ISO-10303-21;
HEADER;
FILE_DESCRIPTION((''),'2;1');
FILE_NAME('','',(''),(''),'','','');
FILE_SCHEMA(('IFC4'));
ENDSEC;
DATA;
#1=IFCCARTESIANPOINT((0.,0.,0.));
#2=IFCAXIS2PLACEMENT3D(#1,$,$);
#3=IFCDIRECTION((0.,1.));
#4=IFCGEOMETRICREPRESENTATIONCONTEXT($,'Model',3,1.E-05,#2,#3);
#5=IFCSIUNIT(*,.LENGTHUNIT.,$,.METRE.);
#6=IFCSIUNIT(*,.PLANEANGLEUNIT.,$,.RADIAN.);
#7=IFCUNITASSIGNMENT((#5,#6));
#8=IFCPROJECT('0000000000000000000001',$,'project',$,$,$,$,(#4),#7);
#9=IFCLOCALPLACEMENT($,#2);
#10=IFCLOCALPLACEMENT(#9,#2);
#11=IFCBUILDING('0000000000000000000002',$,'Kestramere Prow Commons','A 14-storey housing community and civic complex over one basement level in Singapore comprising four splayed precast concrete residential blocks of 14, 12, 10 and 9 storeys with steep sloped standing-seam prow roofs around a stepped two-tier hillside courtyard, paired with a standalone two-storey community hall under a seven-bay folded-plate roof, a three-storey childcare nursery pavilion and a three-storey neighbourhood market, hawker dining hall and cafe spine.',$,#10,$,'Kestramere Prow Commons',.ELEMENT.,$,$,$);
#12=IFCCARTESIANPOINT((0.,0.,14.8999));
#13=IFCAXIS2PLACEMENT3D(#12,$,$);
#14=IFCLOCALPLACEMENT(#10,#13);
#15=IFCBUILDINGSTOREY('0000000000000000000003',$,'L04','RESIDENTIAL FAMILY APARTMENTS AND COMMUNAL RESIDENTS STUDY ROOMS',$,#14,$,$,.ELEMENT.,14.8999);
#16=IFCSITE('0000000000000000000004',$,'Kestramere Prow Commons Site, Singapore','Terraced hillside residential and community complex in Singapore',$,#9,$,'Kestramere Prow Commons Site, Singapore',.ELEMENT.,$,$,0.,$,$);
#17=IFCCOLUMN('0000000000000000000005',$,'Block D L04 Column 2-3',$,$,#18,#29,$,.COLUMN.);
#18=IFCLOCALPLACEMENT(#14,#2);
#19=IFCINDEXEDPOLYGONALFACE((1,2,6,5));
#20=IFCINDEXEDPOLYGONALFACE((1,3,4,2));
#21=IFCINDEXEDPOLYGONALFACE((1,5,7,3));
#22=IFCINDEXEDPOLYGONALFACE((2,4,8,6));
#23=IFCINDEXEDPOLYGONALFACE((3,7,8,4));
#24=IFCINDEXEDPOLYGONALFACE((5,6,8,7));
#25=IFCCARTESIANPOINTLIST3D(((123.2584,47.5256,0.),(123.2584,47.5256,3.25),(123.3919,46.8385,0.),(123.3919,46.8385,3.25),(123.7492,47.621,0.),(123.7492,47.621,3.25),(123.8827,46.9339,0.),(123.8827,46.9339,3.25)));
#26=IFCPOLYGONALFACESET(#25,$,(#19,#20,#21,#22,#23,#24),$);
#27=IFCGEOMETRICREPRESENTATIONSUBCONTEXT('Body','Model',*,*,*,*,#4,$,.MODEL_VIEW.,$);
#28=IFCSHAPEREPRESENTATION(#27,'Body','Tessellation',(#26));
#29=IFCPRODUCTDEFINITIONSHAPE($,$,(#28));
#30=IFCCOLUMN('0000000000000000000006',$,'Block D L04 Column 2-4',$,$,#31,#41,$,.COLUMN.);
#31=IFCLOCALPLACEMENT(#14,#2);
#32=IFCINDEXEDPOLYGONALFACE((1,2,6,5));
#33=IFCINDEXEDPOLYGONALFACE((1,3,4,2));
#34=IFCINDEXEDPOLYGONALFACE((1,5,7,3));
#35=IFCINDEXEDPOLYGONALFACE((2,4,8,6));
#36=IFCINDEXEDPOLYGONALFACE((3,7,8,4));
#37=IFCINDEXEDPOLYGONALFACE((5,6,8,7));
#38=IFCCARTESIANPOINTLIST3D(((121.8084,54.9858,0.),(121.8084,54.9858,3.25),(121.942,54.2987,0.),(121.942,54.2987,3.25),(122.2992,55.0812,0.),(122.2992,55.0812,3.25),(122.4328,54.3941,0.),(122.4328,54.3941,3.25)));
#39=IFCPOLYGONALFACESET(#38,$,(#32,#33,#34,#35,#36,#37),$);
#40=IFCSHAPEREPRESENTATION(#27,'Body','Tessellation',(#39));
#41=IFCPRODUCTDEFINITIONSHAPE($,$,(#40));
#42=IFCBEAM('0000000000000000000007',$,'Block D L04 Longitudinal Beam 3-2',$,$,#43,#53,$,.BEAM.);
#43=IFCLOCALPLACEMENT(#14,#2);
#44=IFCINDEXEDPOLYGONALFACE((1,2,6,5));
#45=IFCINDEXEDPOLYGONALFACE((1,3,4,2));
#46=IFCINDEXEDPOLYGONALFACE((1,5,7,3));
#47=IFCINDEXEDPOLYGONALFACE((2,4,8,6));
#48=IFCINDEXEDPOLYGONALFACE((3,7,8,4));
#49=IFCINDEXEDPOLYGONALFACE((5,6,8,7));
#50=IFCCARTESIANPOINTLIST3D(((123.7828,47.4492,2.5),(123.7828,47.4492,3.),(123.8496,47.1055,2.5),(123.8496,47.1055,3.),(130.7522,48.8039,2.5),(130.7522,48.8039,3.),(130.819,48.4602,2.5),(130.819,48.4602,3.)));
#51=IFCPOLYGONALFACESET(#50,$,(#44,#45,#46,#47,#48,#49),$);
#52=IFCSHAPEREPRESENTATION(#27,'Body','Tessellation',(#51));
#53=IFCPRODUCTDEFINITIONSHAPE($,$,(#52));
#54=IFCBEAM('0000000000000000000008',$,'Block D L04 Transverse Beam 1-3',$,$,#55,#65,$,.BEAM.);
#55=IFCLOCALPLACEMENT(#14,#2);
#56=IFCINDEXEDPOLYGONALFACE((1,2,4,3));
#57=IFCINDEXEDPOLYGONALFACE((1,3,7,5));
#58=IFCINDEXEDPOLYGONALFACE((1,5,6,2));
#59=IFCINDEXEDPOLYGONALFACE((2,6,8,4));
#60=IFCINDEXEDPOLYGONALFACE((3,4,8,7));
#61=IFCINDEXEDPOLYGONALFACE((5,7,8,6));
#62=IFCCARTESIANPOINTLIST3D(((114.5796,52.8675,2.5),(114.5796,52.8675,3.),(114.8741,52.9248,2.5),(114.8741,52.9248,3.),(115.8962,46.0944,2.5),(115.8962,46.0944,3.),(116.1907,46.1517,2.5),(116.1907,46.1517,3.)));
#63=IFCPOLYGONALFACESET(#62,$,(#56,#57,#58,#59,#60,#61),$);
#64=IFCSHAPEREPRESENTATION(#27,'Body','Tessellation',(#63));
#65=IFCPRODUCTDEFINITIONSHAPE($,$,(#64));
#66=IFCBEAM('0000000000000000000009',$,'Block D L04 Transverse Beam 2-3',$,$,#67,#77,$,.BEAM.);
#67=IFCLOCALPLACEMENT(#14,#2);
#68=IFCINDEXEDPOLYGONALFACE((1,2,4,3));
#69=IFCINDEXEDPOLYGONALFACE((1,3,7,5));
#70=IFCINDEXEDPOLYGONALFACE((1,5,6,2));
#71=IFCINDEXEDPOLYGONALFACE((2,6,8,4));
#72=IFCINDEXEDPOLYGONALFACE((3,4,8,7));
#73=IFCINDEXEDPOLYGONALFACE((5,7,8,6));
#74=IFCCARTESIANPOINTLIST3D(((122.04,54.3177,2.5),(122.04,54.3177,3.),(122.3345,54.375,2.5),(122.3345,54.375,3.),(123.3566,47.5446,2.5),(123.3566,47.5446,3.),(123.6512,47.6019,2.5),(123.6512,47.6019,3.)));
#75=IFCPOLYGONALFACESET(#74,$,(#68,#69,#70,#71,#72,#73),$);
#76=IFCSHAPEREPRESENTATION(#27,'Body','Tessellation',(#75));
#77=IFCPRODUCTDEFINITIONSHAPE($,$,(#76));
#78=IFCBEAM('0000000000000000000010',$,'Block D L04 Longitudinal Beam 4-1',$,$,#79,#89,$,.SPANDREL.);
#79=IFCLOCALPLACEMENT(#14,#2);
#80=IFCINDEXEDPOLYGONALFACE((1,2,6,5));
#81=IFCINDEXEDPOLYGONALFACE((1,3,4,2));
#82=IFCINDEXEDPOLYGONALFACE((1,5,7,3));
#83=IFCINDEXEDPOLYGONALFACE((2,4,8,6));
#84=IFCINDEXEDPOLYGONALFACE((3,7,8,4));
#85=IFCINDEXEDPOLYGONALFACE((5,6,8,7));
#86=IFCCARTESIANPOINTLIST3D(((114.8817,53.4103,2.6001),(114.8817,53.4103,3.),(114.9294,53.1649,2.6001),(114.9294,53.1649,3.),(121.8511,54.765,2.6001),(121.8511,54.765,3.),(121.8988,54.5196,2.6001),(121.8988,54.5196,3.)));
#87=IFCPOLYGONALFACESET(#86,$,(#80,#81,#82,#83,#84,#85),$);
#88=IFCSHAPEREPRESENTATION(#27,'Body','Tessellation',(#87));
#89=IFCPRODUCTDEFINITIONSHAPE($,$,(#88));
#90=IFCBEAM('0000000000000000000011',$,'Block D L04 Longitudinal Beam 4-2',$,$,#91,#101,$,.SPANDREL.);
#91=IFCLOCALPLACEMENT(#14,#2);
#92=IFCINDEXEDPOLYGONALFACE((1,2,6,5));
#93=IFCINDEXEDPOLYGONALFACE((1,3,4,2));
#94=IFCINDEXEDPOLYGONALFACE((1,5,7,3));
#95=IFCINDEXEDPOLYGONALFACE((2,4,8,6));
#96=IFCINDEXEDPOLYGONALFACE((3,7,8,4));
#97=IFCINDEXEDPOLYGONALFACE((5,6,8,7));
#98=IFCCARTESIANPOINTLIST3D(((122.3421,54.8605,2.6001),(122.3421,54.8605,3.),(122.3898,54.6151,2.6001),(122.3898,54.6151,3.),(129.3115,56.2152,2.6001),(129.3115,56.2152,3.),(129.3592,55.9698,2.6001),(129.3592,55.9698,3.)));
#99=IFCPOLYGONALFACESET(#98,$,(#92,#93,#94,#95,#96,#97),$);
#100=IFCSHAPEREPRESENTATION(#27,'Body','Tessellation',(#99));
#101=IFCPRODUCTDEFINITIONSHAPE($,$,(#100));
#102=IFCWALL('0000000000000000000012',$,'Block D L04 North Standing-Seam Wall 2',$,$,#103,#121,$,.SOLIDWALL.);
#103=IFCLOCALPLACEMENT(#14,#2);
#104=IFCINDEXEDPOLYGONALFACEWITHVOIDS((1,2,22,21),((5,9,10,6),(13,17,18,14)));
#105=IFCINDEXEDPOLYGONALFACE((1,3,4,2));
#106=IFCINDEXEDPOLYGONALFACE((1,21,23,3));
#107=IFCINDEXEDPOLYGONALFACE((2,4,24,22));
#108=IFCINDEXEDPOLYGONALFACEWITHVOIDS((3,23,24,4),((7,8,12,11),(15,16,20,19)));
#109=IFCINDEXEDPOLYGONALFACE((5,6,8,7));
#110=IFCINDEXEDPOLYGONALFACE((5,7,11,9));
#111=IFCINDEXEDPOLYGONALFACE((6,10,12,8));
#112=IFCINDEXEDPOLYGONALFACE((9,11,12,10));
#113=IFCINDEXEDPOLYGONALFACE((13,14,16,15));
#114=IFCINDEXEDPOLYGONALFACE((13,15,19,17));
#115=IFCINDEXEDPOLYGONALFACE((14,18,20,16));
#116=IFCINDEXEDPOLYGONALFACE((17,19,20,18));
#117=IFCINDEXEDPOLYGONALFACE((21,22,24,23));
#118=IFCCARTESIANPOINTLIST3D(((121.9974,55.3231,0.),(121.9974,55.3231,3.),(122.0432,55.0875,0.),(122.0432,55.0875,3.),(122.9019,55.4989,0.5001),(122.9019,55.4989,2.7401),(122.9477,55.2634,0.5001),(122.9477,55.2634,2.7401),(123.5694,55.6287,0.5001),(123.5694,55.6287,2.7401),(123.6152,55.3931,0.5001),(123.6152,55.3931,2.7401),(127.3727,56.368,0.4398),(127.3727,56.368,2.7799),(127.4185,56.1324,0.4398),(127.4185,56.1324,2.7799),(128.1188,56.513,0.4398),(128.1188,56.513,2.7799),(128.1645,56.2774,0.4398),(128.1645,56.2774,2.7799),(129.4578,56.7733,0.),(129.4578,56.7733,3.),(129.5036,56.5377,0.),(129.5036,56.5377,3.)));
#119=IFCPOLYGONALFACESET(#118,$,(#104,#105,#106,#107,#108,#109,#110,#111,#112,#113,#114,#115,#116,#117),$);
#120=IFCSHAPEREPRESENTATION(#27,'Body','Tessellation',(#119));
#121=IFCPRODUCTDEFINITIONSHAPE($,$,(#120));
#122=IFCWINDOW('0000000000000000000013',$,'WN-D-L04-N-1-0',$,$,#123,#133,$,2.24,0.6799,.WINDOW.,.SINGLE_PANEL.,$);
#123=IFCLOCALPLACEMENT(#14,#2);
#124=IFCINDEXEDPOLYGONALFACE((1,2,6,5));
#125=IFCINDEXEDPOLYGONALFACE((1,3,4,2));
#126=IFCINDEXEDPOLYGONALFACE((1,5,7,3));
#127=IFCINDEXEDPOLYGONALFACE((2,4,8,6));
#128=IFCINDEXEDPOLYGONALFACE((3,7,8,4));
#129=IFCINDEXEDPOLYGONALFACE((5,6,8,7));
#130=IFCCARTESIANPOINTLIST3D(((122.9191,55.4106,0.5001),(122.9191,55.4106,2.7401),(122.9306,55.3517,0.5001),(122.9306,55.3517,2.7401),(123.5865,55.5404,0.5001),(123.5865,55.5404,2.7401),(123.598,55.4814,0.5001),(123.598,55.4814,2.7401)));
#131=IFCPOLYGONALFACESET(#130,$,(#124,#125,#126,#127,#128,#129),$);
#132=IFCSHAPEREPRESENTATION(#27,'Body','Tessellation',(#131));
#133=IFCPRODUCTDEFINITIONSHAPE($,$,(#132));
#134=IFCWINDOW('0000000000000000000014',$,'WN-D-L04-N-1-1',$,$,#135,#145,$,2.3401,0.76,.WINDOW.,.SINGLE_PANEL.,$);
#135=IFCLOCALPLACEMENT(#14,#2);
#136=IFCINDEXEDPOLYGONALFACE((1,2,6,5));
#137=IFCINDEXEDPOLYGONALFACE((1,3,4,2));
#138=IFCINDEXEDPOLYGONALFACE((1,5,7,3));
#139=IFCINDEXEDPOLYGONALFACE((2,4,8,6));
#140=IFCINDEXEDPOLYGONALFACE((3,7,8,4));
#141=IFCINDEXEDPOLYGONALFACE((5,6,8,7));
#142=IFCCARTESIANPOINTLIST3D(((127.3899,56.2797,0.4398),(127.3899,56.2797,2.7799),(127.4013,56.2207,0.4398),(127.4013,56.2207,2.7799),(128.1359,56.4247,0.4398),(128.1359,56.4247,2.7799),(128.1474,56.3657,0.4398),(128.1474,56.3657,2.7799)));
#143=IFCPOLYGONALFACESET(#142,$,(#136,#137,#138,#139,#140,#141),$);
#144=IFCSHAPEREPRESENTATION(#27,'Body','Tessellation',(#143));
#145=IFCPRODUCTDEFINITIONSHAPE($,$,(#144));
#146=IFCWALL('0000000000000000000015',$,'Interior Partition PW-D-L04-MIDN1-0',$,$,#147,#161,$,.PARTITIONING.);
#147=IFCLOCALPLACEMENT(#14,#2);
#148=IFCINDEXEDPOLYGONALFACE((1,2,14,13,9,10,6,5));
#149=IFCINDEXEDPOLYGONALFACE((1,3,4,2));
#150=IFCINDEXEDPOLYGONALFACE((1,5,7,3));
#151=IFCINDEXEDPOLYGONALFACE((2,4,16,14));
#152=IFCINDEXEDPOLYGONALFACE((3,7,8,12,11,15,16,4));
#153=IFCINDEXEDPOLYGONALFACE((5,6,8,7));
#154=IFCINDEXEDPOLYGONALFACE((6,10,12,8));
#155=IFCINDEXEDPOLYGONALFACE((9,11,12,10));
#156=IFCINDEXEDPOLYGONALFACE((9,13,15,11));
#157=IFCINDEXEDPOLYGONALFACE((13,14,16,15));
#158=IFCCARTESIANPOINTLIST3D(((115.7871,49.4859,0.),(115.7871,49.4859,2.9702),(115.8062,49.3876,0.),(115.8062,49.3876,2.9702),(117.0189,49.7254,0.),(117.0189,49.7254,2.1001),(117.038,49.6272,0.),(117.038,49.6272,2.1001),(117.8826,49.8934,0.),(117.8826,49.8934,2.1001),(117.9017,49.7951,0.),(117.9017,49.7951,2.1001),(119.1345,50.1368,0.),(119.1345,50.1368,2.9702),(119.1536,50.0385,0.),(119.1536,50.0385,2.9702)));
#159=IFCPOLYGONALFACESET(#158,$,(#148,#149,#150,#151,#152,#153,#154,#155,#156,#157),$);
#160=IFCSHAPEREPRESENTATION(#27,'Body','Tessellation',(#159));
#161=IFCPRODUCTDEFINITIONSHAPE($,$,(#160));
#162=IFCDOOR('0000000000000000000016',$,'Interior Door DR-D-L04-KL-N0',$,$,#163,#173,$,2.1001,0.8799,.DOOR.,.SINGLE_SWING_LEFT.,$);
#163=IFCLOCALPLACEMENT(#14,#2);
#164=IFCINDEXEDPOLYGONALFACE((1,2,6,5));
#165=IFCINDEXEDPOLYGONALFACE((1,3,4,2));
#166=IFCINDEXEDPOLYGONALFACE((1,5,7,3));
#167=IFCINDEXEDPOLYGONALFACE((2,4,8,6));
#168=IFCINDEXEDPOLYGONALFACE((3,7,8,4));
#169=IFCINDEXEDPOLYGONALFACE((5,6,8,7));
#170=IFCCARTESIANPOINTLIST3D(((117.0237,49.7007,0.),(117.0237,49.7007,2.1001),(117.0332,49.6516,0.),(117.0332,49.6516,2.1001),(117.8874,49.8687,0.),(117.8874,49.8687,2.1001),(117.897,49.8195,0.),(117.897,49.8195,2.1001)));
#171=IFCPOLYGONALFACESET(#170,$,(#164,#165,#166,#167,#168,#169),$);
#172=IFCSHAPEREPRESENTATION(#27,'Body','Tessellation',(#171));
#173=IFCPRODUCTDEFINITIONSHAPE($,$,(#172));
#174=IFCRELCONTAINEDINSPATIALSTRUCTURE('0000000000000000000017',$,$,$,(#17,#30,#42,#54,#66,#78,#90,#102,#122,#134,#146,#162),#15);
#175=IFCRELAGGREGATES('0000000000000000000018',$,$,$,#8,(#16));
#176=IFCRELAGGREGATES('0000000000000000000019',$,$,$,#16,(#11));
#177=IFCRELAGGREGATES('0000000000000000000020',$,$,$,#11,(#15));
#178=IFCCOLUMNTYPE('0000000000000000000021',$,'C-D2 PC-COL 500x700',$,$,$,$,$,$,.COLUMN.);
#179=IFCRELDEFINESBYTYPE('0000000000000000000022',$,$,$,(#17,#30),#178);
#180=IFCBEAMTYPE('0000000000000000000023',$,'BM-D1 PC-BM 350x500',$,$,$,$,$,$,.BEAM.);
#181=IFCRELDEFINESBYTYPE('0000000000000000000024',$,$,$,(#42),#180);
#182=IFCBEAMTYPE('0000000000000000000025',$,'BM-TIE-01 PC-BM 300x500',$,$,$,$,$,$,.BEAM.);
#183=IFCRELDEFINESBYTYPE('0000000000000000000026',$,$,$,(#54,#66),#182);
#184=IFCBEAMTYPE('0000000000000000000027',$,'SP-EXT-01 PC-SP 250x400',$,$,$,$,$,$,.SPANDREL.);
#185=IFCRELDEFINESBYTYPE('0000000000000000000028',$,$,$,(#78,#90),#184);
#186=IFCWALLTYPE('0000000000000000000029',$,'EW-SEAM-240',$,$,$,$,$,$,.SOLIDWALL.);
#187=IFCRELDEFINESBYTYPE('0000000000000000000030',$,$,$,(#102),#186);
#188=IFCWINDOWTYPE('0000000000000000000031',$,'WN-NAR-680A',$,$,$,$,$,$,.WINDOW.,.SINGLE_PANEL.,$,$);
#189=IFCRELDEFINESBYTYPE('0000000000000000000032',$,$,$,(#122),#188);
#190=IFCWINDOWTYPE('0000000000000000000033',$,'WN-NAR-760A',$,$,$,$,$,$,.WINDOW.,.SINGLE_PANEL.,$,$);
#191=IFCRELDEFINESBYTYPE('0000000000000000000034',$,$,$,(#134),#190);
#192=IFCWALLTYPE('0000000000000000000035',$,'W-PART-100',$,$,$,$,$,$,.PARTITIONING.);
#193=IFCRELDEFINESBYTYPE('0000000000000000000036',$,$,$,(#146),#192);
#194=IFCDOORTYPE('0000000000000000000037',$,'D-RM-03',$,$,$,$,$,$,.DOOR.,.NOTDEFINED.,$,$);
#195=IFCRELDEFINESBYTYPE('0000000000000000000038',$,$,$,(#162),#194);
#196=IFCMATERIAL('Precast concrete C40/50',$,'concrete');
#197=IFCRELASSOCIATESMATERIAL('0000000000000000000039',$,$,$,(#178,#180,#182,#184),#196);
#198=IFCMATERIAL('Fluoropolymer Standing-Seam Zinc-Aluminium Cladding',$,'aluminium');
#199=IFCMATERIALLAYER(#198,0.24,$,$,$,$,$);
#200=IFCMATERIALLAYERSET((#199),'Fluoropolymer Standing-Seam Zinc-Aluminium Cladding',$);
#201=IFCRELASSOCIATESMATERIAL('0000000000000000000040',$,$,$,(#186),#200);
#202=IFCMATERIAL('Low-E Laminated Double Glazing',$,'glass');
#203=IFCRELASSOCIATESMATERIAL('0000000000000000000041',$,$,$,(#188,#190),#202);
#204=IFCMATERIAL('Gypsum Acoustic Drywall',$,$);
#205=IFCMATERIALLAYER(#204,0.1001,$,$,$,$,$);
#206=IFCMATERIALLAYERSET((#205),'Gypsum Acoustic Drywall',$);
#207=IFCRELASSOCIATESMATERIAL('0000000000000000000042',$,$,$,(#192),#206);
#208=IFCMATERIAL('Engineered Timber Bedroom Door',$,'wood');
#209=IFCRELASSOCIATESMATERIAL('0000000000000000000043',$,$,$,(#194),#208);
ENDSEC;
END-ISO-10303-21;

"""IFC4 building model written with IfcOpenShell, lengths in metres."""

from ifc_helpers import new_model, si_unit, direction, frame, frame_2d, origin, origin_2d, place, context, subcontext, project, spatial, rectangle, extrude, material, layer, layer_set, material_profile, profile_set, type_object, element, fill, save


model = new_model("IFC4")

# Units and contexts
model_context = context("Model", 3, precision=1e-05, world=origin(), true_north=direction((0.0, 1.0)))
body_context = subcontext(model_context, "Body", "Model", "MODEL_VIEW")
ifc_project = project(units=[si_unit("LENGTHUNIT", "METRE"), si_unit("PLANEANGLEUNIT", "RADIAN")], contexts=[model_context])

# Site, building, storey
site_placement = place(None, origin())
site = spatial("IfcSite", under=ifc_project, at=site_placement, Name="Kestramere Prow Commons Site, Singapore", Description="Terraced hillside residential and community complex in Singapore", LongName="Kestramere Prow Commons Site, Singapore", CompositionType="ELEMENT", RefElevation=0.0)
building_placement = place(site_placement, origin())
building = spatial("IfcBuilding", under=site, at=building_placement, Name="Kestramere Prow Commons", Description="A 14-storey housing community and civic complex over one basement level in Singapore comprising four splayed precast concrete residential blocks of 14, 12, 10 and 9 storeys with steep sloped standing-seam prow roofs around a stepped two-tier hillside courtyard, paired with a standalone two-storey community hall under a seven-bay folded-plate roof, a three-storey childcare nursery pavilion and a three-storey neighbourhood market, hawker dining hall and cafe spine.", LongName="Kestramere Prow Commons", CompositionType="ELEMENT")
storey_placement = place(building_placement, frame((0.0, 0.0, 14.8999)))
storey = spatial("IfcBuildingStorey", under=building, at=storey_placement, Name="L04", Description="RESIDENTIAL FAMILY APARTMENTS AND COMMUNAL RESIDENTS STUDY ROOMS", CompositionType="ELEMENT", Elevation=14.8999)

# Columns
ifc_material_1 = material(Name="Precast concrete C40/50", Category="concrete")
ifc_material_profile_1 = material_profile(ifc_material_1, rectangle(XDim=0.5, YDim=0.7, at=origin_2d()), Name="PC-COL 500x700")
ifc_profile_set_1 = profile_set([ifc_material_profile_1], Name="Precast concrete C40/50")
column_type = type_object("IfcColumnType", Name="C-D2 PC-COL 500x700", PredefinedType="COLUMN", material=ifc_profile_set_1)
for number, where, z_axis, x_axis, name in (
    (1, (123.5706, 47.2297, 0.0), (0.0, 0.0, 1.0), (0.981627, 0.190809, 0.0), "Block D L04 Column 2-3"),
    (2, (122.1206, 54.6899, 0.0), (0.0, 0.0, 1.0), (0.981627, 0.190809, 0.0), "Block D L04 Column 2-4"),
):
    element("IfcColumn", number, at=place(storey_placement, frame(where, z_axis=z_axis, x_axis=x_axis)), inside=storey, type_object=column_type, Name=name, PredefinedType="COLUMN", context=body_context, shape_type="SweptSolid", body=[
        extrude(rectangle(XDim=0.5, YDim=0.7, at=origin_2d()), origin(), (0.0, 0.0, 1.0), 3.25),
    ])

# Beams
ifc_material_profile_2 = material_profile(ifc_material_1, rectangle(XDim=0.3501, YDim=0.5, at=origin_2d()), Name="PC-BM 350x500")
ifc_profile_set_2 = profile_set([ifc_material_profile_2], Name="Precast concrete C40/50")
beam_type_1 = type_object("IfcBeamType", Name="BM-D1 PC-BM 350x500", PredefinedType="BEAM", material=ifc_profile_set_2)
beam_placement = place(storey_placement, frame((123.8162, 47.2773, 2.75), z_axis=(0.981627, 0.19081, 0.0), x_axis=(-0.19081, 0.981627, 0.0)))
element("IfcBeam", 3, at=beam_placement, inside=storey, type_object=beam_type_1, Name="Block D L04 Longitudinal Beam 3-2", PredefinedType="BEAM", context=body_context, shape_type="SweptSolid", body=[
    extrude(rectangle(XDim=0.3501, YDim=0.5, at=origin_2d()), origin(), (0.0, 0.0, 1.0), 7.0999),
])
ifc_material_profile_3 = material_profile(ifc_material_1, rectangle(XDim=0.3, YDim=0.5, at=origin_2d()), Name="PC-BM 300x500")
ifc_profile_set_3 = profile_set([ifc_material_profile_3], Name="Precast concrete C40/50")
beam_type_2 = type_object("IfcBeamType", Name="BM-TIE-01 PC-BM 300x500", PredefinedType="BEAM", material=ifc_profile_set_3)
for number, where, z_axis, x_axis, name in (
    (4, (116.0435, 46.123, 2.75), (-0.190819, 0.981625, 0.0), (-0.981625, -0.190819, 0.0), "Block D L04 Transverse Beam 1-3"),
    (5, (123.5039, 47.5732, 2.75), (-0.190819, 0.981625, 0.0), (-0.981625, -0.190819, 0.0), "Block D L04 Transverse Beam 2-3"),
):
    element("IfcBeam", number, at=place(storey_placement, frame(where, z_axis=z_axis, x_axis=x_axis)), inside=storey, type_object=beam_type_2, Name=name, PredefinedType="BEAM", context=body_context, shape_type="SweptSolid", body=[
        extrude(rectangle(XDim=0.3, YDim=0.5, at=origin_2d()), origin(), (0.0, 0.0, 1.0), 6.8999),
    ])
ifc_material_profile_4 = material_profile(ifc_material_1, rectangle(XDim=0.25, YDim=0.3999, at=origin_2d()), Name="PC-SP 250x400")
ifc_profile_set_4 = profile_set([ifc_material_profile_4], Name="Precast concrete C40/50")
beam_type_3 = type_object("IfcBeamType", Name="SP-EXT-01 PC-SP 250x400", PredefinedType="SPANDREL", material=ifc_profile_set_4)
for number, where, z_axis, x_axis, name in (
    (6, (114.9055, 53.2876, 2.8), (0.981627, 0.19081, 0.0), (-0.19081, 0.981627, 0.0), "Block D L04 Longitudinal Beam 4-1"),
    (7, (122.366, 54.7378, 2.8), (0.981627, 0.19081, 0.0), (-0.19081, 0.981627, 0.0), "Block D L04 Longitudinal Beam 4-2"),
):
    element("IfcBeam", number, at=place(storey_placement, frame(where, z_axis=z_axis, x_axis=x_axis)), inside=storey, type_object=beam_type_3, Name=name, PredefinedType="SPANDREL", context=body_context, shape_type="SweptSolid", body=[
        extrude(rectangle(XDim=0.25, YDim=0.3999, at=origin_2d()), origin(), (0.0, 0.0, 1.0), 7.0999),
    ])

# Wall, openings, windows
ifc_material_2 = material(Name="Fluoropolymer Standing-Seam Zinc-Aluminium Cladding", Category="aluminium")
ifc_layer_1 = layer(ifc_material_2, 0.24)
ifc_layer_set_1 = layer_set([ifc_layer_1], Name="Fluoropolymer Standing-Seam Zinc-Aluminium Cladding")
wall_type_1 = type_object("IfcWallType", Name="EW-SEAM-240", PredefinedType="SOLIDWALL", material=ifc_layer_set_1)
wall_1_placement = place(storey_placement, frame((122.0203, 55.2053, 0.0), z_axis=(0.0, 0.0, 1.0), x_axis=(0.981626, 0.190813, 0.0)))
wall_1 = element("IfcWall", 8, at=wall_1_placement, inside=storey, type_object=wall_type_1, Name="Block D L04 North Standing-Seam Wall 2", PredefinedType="SOLIDWALL", context=body_context, shape_type="SweptSolid", body=[
    extrude(rectangle(XDim=7.6001, YDim=0.24, at=frame_2d((3.8, 0.0))), origin(), (0.0, 0.0, 1.0), 3.0),
])
opening_1_placement = place(wall_1_placement, frame((0.9216, 0.0, 0.5)))
opening_1 = element("IfcOpeningElement", 9, at=opening_1_placement, cuts=wall_1, PredefinedType="OPENING", context=body_context, shape_type="SweptSolid", body=[
    extrude(rectangle(XDim=0.6799, YDim=2.24, at=frame_2d((0.3398, 1.1201))), frame((0.0, 0.135, 0.0), z_axis=(0.0, -1.0, 0.0), x_axis=(1.0, 0.0, 0.0)), (0.0, 0.0, 1.0), 0.27),
])
opening_2_placement = place(wall_1_placement, frame((5.4761, 0.0, 0.4399)))
opening_2 = element("IfcOpeningElement", 10, at=opening_2_placement, cuts=wall_1, PredefinedType="OPENING", context=body_context, shape_type="SweptSolid", body=[
    extrude(rectangle(XDim=0.76, YDim=2.3401, at=frame_2d((0.3799, 1.1699))), frame((0.0, 0.135, 0.0), z_axis=(0.0, -1.0, 0.0), x_axis=(1.0, 0.0, 0.0)), (0.0, 0.0, 1.0), 0.27),
])
ifc_material_3 = material(Name="Low-E Laminated Double Glazing", Category="glass")
window_type_1 = type_object("IfcWindowType", Name="WN-NAR-680A", PartitioningType="SINGLE_PANEL", PredefinedType="WINDOW", material=ifc_material_3)
window_1_placement = place(opening_1_placement, origin())
window_1 = element("IfcWindow", 11, at=window_1_placement, inside=storey, type_object=window_type_1, Name="WN-D-L04-N-1-0", OverallHeight=2.24, OverallWidth=0.6799, PartitioningType="SINGLE_PANEL", PredefinedType="WINDOW", context=body_context, shape_type="SweptSolid", body=[
    extrude(rectangle(XDim=0.6799, YDim=2.24, at=frame_2d((0.3398, 1.1201))), frame((0.0, 0.03, 0.0), z_axis=(0.0, -1.0, 0.0), x_axis=(1.0, 0.0, 0.0)), (0.0, 0.0, 1.0), 0.0601),
])
fill(opening_1, window_1)
window_type_2 = type_object("IfcWindowType", Name="WN-NAR-760A", PartitioningType="SINGLE_PANEL", PredefinedType="WINDOW", material=ifc_material_3)
window_2_placement = place(opening_2_placement, origin())
window_2 = element("IfcWindow", 12, at=window_2_placement, inside=storey, type_object=window_type_2, Name="WN-D-L04-N-1-1", OverallHeight=2.3401, OverallWidth=0.76, PartitioningType="SINGLE_PANEL", PredefinedType="WINDOW", context=body_context, shape_type="SweptSolid", body=[
    extrude(rectangle(XDim=0.76, YDim=2.3401, at=frame_2d((0.3799, 1.1699))), frame((0.0, 0.03, 0.0), z_axis=(0.0, -1.0, 0.0), x_axis=(1.0, 0.0, 0.0)), (0.0, 0.0, 1.0), 0.0601),
])
fill(opening_2, window_2)

# Wall, opening, door
ifc_material_4 = material(Name="Gypsum Acoustic Drywall")
ifc_layer_2 = layer(ifc_material_4, 0.1001)
ifc_layer_set_2 = layer_set([ifc_layer_2], Name="Gypsum Acoustic Drywall")
wall_type_2 = type_object("IfcWallType", Name="W-PART-100", PredefinedType="PARTITIONING", material=ifc_layer_set_2)
wall_2_placement = place(storey_placement, frame((115.7966, 49.4368, 0.0), z_axis=(0.0, 0.0, 1.0), x_axis=(0.981616, 0.190868, 0.0)))
wall_2 = element("IfcWall", 13, at=wall_2_placement, inside=storey, type_object=wall_type_2, Name="Interior Partition PW-D-L04-MIDN1-0", PredefinedType="PARTITIONING", context=body_context, shape_type="SweptSolid", body=[
    extrude(rectangle(XDim=3.4102, YDim=0.1001, at=frame_2d((1.7051, 0.0))), origin(), (0.0, 0.0, 1.0), 2.9702),
])
opening_3_placement = place(wall_2_placement, frame((1.2549, 0.0, 0.0)))
opening_3 = element("IfcOpeningElement", 14, at=opening_3_placement, cuts=wall_2, PredefinedType="OPENING", context=body_context, shape_type="SweptSolid", body=[
    extrude(rectangle(XDim=0.8799, YDim=2.1001, at=frame_2d((0.4399, 1.05))), frame((0.0, 0.0649, 0.0), z_axis=(0.0, -1.0, 0.0), x_axis=(1.0, 0.0, 0.0)), (0.0, 0.0, 1.0), 0.1301),
])
ifc_material_5 = material(Name="Engineered Timber Bedroom Door", Category="wood")
door_type_1 = type_object("IfcDoorType", Name="D-RM-03", OperationType="NOTDEFINED", PredefinedType="DOOR", material=ifc_material_5)
door_1_placement = place(opening_3_placement, origin())
door_1 = element("IfcDoor", 15, at=door_1_placement, inside=storey, type_object=door_type_1, Name="Interior Door DR-D-L04-KL-N0", OperationType="SINGLE_SWING_LEFT", OverallHeight=2.1001, OverallWidth=0.8799, PredefinedType="DOOR", context=body_context, shape_type="SweptSolid", body=[
    extrude(rectangle(XDim=0.8799, YDim=2.1001, at=frame_2d((0.4399, 1.05))), frame((0.0, 0.0249, 0.0), z_axis=(0.0, -1.0, 0.0), x_axis=(1.0, 0.0, 0.0)), (0.0, 0.0, 1.0), 0.05),
])
fill(opening_3, door_1)

save(model, "model.ifc")
